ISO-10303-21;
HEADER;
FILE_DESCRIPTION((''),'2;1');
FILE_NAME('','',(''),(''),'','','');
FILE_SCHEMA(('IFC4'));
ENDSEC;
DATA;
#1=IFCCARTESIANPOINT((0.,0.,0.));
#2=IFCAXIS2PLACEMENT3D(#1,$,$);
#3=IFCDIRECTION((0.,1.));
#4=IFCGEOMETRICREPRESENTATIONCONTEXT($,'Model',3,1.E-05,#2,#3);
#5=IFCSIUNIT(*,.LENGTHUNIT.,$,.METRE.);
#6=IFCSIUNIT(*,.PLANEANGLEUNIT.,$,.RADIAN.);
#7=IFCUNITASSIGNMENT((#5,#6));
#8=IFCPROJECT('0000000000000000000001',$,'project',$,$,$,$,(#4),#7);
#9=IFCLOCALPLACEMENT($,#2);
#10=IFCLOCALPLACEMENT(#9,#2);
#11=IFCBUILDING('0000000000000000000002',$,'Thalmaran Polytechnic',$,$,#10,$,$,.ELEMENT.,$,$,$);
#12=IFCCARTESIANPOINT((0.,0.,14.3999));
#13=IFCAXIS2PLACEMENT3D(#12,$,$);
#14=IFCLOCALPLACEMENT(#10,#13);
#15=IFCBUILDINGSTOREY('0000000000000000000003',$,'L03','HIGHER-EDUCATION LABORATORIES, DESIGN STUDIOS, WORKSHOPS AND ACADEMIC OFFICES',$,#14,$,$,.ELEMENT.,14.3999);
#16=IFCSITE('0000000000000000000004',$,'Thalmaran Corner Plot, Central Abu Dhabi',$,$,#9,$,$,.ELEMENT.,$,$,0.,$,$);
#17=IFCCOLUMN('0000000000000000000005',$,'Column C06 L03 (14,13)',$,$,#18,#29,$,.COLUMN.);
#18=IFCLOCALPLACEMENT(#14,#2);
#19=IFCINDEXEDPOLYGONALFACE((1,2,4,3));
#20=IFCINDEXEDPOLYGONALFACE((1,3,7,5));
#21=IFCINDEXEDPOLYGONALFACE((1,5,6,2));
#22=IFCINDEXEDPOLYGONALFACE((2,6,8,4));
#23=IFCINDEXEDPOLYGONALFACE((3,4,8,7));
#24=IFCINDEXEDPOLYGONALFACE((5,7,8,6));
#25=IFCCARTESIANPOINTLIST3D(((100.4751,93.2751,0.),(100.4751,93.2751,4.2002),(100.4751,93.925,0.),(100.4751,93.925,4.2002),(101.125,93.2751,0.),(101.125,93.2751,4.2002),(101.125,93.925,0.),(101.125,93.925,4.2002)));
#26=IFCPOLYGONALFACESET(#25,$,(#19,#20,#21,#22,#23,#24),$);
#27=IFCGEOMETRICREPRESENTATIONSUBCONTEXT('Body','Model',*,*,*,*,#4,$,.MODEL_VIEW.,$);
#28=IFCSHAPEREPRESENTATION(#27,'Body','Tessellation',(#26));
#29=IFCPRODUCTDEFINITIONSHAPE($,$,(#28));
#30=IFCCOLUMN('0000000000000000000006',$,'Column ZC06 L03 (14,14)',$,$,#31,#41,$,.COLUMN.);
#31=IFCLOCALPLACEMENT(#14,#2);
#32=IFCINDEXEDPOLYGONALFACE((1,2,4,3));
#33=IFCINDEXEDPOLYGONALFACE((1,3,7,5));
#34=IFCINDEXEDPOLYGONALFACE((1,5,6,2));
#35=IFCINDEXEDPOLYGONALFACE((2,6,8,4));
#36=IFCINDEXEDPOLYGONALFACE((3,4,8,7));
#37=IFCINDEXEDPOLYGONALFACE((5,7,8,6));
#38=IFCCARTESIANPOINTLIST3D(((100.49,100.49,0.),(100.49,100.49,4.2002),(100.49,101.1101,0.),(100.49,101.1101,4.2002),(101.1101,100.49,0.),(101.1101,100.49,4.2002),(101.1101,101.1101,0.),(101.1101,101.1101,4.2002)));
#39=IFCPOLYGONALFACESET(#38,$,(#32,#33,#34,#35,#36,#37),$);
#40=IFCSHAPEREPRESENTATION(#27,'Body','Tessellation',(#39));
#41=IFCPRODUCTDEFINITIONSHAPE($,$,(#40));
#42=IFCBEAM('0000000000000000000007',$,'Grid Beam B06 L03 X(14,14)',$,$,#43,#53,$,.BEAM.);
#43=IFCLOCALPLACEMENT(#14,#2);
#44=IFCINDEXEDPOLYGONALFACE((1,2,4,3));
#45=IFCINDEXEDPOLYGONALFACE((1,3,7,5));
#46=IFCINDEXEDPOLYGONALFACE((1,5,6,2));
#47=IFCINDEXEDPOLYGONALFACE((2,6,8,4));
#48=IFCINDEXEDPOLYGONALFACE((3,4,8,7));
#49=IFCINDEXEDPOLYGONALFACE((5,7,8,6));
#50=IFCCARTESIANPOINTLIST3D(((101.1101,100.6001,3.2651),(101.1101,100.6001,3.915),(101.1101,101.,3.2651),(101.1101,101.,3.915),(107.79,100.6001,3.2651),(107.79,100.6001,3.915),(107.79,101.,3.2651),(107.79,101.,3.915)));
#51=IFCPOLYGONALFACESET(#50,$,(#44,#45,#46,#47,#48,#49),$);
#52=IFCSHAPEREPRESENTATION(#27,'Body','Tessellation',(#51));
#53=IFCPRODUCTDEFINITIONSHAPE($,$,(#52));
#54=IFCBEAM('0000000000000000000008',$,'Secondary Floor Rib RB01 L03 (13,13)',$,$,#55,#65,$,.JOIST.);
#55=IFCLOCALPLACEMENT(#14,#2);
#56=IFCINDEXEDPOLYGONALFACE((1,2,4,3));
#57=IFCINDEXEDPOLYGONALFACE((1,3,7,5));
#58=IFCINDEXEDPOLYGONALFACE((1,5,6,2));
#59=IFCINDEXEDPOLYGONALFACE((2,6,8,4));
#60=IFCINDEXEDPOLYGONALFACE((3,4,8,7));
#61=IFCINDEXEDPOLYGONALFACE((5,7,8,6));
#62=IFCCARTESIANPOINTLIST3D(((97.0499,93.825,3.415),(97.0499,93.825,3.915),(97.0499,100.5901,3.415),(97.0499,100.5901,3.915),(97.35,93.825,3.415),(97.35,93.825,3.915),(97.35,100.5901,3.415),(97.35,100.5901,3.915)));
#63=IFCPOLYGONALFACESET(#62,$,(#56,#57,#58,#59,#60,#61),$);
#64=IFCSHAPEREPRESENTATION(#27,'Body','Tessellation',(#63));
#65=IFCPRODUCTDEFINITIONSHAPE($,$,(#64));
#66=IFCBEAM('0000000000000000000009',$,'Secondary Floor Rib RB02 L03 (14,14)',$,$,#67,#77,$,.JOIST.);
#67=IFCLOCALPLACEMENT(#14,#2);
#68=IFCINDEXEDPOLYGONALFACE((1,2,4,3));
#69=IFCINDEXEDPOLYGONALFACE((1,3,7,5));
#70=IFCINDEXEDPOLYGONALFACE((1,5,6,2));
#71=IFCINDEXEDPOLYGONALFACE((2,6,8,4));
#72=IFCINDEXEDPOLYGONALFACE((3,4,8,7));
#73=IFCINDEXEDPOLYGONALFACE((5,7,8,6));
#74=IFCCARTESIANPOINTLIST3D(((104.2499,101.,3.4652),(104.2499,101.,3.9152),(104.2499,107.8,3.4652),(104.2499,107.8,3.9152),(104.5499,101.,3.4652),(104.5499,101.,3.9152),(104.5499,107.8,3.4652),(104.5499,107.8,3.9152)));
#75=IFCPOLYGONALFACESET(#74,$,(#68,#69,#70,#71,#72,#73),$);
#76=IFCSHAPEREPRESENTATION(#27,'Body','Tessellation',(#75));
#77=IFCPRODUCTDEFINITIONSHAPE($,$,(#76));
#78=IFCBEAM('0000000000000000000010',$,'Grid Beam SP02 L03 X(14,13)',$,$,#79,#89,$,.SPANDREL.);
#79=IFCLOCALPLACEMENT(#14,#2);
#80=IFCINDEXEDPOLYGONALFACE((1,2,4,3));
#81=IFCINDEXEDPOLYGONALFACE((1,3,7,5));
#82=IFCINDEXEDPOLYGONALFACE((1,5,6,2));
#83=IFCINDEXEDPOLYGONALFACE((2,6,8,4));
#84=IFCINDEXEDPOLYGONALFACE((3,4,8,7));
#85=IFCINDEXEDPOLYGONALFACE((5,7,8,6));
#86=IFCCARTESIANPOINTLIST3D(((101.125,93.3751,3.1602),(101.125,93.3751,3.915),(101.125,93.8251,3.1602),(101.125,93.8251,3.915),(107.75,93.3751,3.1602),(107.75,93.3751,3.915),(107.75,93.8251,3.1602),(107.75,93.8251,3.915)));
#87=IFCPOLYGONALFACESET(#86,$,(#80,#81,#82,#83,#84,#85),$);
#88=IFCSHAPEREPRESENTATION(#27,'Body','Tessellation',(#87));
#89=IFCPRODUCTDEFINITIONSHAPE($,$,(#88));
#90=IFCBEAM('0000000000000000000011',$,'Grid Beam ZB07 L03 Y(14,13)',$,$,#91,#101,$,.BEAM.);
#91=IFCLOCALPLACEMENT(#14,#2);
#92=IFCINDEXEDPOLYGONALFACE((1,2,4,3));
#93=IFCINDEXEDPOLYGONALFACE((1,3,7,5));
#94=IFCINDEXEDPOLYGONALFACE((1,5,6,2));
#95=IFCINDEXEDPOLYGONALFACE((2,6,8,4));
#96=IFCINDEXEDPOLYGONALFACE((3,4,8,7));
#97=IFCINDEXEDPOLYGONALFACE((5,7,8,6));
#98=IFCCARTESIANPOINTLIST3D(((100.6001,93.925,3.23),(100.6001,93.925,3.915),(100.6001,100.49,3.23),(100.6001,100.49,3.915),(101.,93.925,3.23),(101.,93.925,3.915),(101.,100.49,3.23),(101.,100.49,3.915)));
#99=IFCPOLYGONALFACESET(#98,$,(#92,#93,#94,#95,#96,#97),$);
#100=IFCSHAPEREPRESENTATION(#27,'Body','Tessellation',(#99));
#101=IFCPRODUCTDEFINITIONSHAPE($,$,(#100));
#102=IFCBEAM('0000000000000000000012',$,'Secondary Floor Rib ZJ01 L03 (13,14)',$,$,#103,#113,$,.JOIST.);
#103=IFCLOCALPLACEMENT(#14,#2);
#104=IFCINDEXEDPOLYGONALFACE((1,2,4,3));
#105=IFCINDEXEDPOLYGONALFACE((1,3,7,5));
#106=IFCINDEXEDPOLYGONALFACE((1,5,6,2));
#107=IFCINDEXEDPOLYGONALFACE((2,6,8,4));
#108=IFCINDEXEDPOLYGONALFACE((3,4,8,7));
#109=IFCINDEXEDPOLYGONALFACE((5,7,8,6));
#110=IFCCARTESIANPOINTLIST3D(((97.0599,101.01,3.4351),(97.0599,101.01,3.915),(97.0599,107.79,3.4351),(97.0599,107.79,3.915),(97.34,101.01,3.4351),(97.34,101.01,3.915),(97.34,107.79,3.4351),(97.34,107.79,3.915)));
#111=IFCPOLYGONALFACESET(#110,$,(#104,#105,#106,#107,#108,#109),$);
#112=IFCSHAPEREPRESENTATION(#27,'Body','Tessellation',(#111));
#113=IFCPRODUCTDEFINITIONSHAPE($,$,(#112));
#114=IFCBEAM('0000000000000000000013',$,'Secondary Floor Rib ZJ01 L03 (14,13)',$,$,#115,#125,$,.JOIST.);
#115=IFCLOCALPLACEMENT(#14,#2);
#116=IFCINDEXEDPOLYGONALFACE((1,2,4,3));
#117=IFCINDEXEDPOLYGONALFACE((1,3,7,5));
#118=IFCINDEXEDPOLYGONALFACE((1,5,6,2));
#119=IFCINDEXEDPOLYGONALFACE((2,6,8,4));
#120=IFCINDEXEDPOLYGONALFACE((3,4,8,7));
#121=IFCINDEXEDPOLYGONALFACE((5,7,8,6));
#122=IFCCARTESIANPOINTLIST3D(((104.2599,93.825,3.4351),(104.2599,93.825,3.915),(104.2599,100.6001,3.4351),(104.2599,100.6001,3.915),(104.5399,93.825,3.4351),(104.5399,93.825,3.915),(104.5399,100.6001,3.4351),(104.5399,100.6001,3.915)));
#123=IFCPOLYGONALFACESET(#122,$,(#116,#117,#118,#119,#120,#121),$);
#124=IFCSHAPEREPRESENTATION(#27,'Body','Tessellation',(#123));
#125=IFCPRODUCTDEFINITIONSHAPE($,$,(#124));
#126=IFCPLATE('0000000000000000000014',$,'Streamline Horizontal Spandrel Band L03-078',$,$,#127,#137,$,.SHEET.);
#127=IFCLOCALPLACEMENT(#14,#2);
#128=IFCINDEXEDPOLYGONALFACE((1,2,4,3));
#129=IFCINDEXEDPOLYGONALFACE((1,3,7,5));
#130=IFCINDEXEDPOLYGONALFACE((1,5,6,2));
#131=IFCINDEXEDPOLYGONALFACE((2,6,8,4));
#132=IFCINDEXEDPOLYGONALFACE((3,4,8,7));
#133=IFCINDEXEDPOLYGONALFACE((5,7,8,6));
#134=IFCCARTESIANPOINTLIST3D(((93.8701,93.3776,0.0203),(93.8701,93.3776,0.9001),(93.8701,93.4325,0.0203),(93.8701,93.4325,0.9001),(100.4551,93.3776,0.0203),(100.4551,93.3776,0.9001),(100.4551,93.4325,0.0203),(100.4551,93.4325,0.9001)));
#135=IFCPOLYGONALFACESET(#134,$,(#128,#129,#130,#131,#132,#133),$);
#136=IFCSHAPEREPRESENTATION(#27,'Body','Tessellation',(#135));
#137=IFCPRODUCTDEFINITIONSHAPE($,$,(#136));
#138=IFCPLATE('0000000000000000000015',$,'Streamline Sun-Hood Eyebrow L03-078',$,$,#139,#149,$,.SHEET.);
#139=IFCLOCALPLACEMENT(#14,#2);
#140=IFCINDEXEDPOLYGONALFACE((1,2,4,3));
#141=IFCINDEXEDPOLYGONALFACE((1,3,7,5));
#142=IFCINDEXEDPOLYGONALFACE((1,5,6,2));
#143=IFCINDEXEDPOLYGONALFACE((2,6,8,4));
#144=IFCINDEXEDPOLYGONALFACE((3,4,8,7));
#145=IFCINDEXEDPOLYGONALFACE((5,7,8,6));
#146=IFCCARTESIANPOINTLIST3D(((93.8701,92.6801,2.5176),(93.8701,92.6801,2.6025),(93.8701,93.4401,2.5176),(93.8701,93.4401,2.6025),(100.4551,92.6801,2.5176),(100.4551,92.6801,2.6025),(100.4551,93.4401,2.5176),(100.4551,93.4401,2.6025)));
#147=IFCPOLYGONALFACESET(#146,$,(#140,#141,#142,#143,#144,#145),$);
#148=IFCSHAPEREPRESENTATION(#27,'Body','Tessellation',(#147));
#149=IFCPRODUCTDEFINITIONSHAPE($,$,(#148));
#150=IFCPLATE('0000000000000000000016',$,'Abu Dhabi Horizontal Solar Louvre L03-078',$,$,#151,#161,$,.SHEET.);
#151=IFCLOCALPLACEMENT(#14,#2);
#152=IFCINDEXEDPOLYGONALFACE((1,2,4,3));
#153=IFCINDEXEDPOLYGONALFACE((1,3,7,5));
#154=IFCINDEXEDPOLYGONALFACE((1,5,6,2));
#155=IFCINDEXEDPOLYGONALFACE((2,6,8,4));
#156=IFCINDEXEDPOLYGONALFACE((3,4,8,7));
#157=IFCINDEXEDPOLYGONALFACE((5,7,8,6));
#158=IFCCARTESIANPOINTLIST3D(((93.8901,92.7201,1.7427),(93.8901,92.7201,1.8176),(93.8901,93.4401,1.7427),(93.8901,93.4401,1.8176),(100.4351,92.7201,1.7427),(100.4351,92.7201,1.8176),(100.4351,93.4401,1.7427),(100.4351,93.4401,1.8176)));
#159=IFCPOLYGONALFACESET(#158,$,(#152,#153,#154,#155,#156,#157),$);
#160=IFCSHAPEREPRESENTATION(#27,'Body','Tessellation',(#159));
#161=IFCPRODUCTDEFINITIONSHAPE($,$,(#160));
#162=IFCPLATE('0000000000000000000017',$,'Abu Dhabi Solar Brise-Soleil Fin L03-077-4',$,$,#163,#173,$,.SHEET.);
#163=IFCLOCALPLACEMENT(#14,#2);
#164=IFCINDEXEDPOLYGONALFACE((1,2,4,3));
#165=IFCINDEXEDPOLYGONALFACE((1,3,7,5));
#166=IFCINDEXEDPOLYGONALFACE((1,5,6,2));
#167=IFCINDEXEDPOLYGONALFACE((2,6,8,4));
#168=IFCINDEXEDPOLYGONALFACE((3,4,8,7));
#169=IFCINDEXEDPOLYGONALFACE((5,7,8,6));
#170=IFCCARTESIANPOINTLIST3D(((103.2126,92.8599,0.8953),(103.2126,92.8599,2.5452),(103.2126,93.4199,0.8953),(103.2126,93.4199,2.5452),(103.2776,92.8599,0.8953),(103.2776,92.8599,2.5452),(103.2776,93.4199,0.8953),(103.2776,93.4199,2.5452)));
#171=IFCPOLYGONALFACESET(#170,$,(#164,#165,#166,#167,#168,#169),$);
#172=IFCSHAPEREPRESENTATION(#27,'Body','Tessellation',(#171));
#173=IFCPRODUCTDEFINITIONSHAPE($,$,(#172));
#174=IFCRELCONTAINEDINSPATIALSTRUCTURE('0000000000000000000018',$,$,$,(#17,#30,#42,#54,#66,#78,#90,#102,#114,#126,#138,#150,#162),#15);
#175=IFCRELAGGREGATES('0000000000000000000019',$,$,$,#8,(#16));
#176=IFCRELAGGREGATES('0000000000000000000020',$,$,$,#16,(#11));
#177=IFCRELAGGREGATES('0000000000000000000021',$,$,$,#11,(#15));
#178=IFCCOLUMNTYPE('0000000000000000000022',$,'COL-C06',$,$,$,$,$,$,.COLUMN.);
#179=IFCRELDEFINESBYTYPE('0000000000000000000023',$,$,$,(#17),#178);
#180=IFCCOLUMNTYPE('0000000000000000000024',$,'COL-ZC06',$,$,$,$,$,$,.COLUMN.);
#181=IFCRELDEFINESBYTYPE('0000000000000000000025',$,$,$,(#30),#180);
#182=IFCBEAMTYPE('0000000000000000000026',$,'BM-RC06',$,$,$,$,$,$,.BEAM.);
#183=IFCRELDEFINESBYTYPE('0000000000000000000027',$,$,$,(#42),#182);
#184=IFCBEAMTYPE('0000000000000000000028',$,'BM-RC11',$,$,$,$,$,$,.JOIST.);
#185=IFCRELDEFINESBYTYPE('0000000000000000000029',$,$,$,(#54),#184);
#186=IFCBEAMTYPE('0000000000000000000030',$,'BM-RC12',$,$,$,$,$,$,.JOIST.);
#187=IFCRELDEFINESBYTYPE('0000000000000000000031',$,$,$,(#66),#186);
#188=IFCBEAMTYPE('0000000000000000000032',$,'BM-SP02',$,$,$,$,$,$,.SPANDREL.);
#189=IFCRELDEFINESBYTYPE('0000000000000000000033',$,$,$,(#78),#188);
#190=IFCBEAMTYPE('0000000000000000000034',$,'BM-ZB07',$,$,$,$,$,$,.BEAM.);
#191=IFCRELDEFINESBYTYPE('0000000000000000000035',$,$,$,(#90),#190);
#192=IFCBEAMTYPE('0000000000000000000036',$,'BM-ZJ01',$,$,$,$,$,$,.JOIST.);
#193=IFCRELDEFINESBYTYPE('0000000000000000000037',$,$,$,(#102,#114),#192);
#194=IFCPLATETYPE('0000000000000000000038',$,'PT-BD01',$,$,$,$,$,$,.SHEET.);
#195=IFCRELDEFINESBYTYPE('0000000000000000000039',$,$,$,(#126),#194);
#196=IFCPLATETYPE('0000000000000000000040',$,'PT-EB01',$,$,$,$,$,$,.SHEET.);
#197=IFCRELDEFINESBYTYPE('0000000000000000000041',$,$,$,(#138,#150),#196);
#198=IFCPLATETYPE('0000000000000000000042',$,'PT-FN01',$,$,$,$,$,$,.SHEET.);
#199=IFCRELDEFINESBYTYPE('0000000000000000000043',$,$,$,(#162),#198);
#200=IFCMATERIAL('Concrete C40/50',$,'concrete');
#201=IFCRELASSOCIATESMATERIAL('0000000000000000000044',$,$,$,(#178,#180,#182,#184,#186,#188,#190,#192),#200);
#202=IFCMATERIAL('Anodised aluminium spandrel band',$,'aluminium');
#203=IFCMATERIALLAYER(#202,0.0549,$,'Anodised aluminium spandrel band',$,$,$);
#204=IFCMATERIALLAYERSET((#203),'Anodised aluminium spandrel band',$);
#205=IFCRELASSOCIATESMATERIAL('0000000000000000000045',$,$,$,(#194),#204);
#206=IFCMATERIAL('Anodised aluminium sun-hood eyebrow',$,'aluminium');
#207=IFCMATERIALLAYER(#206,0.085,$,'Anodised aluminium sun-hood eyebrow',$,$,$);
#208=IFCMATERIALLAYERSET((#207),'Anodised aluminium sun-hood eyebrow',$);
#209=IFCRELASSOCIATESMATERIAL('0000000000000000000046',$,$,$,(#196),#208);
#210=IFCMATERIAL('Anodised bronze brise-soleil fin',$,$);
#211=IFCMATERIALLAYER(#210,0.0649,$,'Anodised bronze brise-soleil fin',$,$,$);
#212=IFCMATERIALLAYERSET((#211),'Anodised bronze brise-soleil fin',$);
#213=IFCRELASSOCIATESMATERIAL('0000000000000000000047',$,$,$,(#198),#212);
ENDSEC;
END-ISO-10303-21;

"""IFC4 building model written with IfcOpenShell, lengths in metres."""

from ifc_helpers import new_model, si_unit, direction, frame, origin, origin_2d, place, context, subcontext, project, spatial, rectangle, extrude, material, layer, layer_set, material_profile, profile_set, type_object, element, save


model = new_model("IFC4")

# Units and contexts
model_context = context("Model", 3, precision=1e-05, world=origin(), true_north=direction((0.0, 1.0)))
body_context = subcontext(model_context, "Body", "Model", "MODEL_VIEW")
ifc_project = project(units=[si_unit("LENGTHUNIT", "METRE"), si_unit("PLANEANGLEUNIT", "RADIAN")], contexts=[model_context])

# Site, building, storey
site_placement = place(None, origin())
site = spatial("IfcSite", under=ifc_project, at=site_placement, Name="Thalmaran Corner Plot, Central Abu Dhabi", CompositionType="ELEMENT", RefElevation=0.0)
building_placement = place(site_placement, origin())
building = spatial("IfcBuilding", under=site, at=building_placement, Name="Thalmaran Polytechnic", CompositionType="ELEMENT")
storey_placement = place(building_placement, frame((0.0, 0.0, 14.3999)))
storey = spatial("IfcBuildingStorey", under=building, at=storey_placement, Name="L03", Description="HIGHER-EDUCATION LABORATORIES, DESIGN STUDIOS, WORKSHOPS AND ACADEMIC OFFICES", CompositionType="ELEMENT", Elevation=14.3999)

# Columns
ifc_material_1 = material(Name="Concrete C40/50", Category="concrete")
ifc_material_profile_1 = material_profile(ifc_material_1, rectangle(XDim=0.6499, YDim=0.6499, at=origin_2d()), Name="RC 650x650")
ifc_profile_set_1 = profile_set([ifc_material_profile_1], Name="Concrete C40/50")
column_type_1 = type_object("IfcColumnType", Name="COL-C06", PredefinedType="COLUMN", material=ifc_profile_set_1)
column_1_placement = place(storey_placement, frame((100.8, 93.6001, 0.0), z_axis=(0.0, 0.0, 1.0), x_axis=(1.0, 0.0, 0.0)))
element("IfcColumn", 1, at=column_1_placement, inside=storey, type_object=column_type_1, Name="Column C06 L03 (14,13)", PredefinedType="COLUMN", context=body_context, shape_type="SweptSolid", body=[
    extrude(rectangle(XDim=0.6499, YDim=0.6499, at=origin_2d()), origin(), (0.0, 0.0, 1.0), 4.2002),
])
ifc_material_profile_2 = material_profile(ifc_material_1, rectangle(XDim=0.6201, YDim=0.6201, at=origin_2d()), Name="RC 620x620")
ifc_profile_set_2 = profile_set([ifc_material_profile_2], Name="Concrete C40/50")
column_type_2 = type_object("IfcColumnType", Name="COL-ZC06", PredefinedType="COLUMN", material=ifc_profile_set_2)
column_2_placement = place(storey_placement, frame((100.8, 100.8, 0.0), z_axis=(0.0, 0.0, 1.0), x_axis=(1.0, 0.0, 0.0)))
element("IfcColumn", 2, at=column_2_placement, inside=storey, type_object=column_type_2, Name="Column ZC06 L03 (14,14)", PredefinedType="COLUMN", context=body_context, shape_type="SweptSolid", body=[
    extrude(rectangle(XDim=0.6201, YDim=0.6201, at=origin_2d()), origin(), (0.0, 0.0, 1.0), 4.2002),
])

# Beams
ifc_material_profile_3 = material_profile(ifc_material_1, rectangle(XDim=0.3999, YDim=0.6499, at=origin_2d()), Name="RC 400x650")
ifc_profile_set_3 = profile_set([ifc_material_profile_3], Name="Concrete C40/50")
beam_type_1 = type_object("IfcBeamType", Name="BM-RC06", PredefinedType="BEAM", material=ifc_profile_set_3)
beam_1_placement = place(storey_placement, frame((101.1101, 100.8, 3.5901), z_axis=(1.0, 0.0, 0.0), x_axis=(0.0, 1.0, 0.0)))
element("IfcBeam", 3, at=beam_1_placement, inside=storey, type_object=beam_type_1, Name="Grid Beam B06 L03 X(14,14)", PredefinedType="BEAM", context=body_context, shape_type="SweptSolid", body=[
    extrude(rectangle(XDim=0.3999, YDim=0.6499, at=origin_2d()), origin(), (0.0, 0.0, 1.0), 6.6799),
])
ifc_material_profile_4 = material_profile(ifc_material_1, rectangle(XDim=0.3, YDim=0.5, at=origin_2d()), Name="RC 300x500")
ifc_profile_set_4 = profile_set([ifc_material_profile_4], Name="Concrete C40/50")
beam_type_2 = type_object("IfcBeamType", Name="BM-RC11", PredefinedType="JOIST", material=ifc_profile_set_4)
beam_2_placement = place(storey_placement, frame((97.2, 93.825, 3.665), z_axis=(0.0, 1.0, 0.0), x_axis=(-1.0, 0.0, 0.0)))
element("IfcBeam", 4, at=beam_2_placement, inside=storey, type_object=beam_type_2, Name="Secondary Floor Rib RB01 L03 (13,13)", PredefinedType="JOIST", context=body_context, shape_type="SweptSolid", body=[
    extrude(rectangle(XDim=0.3, YDim=0.5, at=origin_2d()), origin(), (0.0, 0.0, 1.0), 6.7651),
])
ifc_material_profile_5 = material_profile(ifc_material_1, rectangle(XDim=0.3, YDim=0.45, at=origin_2d()), Name="RC 300x450")
ifc_profile_set_5 = profile_set([ifc_material_profile_5], Name="Concrete C40/50")
beam_type_3 = type_object("IfcBeamType", Name="BM-RC12", PredefinedType="JOIST", material=ifc_profile_set_5)
beam_3_placement = place(storey_placement, frame((104.3999, 101.0, 3.6902), z_axis=(0.0, 1.0, 0.0), x_axis=(-1.0, 0.0, 0.0)))
element("IfcBeam", 5, at=beam_3_placement, inside=storey, type_object=beam_type_3, Name="Secondary Floor Rib RB02 L03 (14,14)", PredefinedType="JOIST", context=body_context, shape_type="SweptSolid", body=[
    extrude(rectangle(XDim=0.3, YDim=0.45, at=origin_2d()), origin(), (0.0, 0.0, 1.0), 6.8),
])
ifc_material_profile_6 = material_profile(ifc_material_1, rectangle(XDim=0.45, YDim=0.7549, at=origin_2d()), Name="RC 450x755")
ifc_profile_set_6 = profile_set([ifc_material_profile_6], Name="Concrete C40/50")
beam_type_4 = type_object("IfcBeamType", Name="BM-SP02", PredefinedType="SPANDREL", material=ifc_profile_set_6)
beam_4_placement = place(storey_placement, frame((101.125, 93.6001, 3.5376), z_axis=(1.0, 0.0, 0.0), x_axis=(0.0, 1.0, 0.0)))
element("IfcBeam", 6, at=beam_4_placement, inside=storey, type_object=beam_type_4, Name="Grid Beam SP02 L03 X(14,13)", PredefinedType="SPANDREL", context=body_context, shape_type="SweptSolid", body=[
    extrude(rectangle(XDim=0.45, YDim=0.7549, at=origin_2d()), origin(), (0.0, 0.0, 1.0), 6.625),
])
ifc_material_profile_7 = material_profile(ifc_material_1, rectangle(XDim=0.3999, YDim=0.6851, at=origin_2d()), Name="RC 400x685")
ifc_profile_set_7 = profile_set([ifc_material_profile_7], Name="Concrete C40/50")
beam_type_5 = type_object("IfcBeamType", Name="BM-ZB07", PredefinedType="BEAM", material=ifc_profile_set_7)
beam_5_placement = place(storey_placement, frame((100.8, 93.925, 3.5725), z_axis=(0.0, 1.0, 0.0), x_axis=(-1.0, 0.0, 0.0)))
element("IfcBeam", 7, at=beam_5_placement, inside=storey, type_object=beam_type_5, Name="Grid Beam ZB07 L03 Y(14,13)", PredefinedType="BEAM", context=body_context, shape_type="SweptSolid", body=[
    extrude(rectangle(XDim=0.3999, YDim=0.6851, at=origin_2d()), origin(), (0.0, 0.0, 1.0), 6.5649),
])
ifc_material_profile_8 = material_profile(ifc_material_1, rectangle(XDim=0.28, YDim=0.48, at=origin_2d()), Name="RC 280x480")
ifc_profile_set_8 = profile_set([ifc_material_profile_8], Name="Concrete C40/50")
beam_type_6 = type_object("IfcBeamType", Name="BM-ZJ01", PredefinedType="JOIST", material=ifc_profile_set_8)
beam_6_placement = place(storey_placement, frame((97.2, 101.01, 3.675), z_axis=(0.0, 1.0, 0.0), x_axis=(-1.0, 0.0, 0.0)))
element("IfcBeam", 8, at=beam_6_placement, inside=storey, type_object=beam_type_6, Name="Secondary Floor Rib ZJ01 L03 (13,14)", PredefinedType="JOIST", context=body_context, shape_type="SweptSolid", body=[
    extrude(rectangle(XDim=0.28, YDim=0.48, at=origin_2d()), origin(), (0.0, 0.0, 1.0), 6.78),
])
beam_7_placement = place(storey_placement, frame((104.3999, 93.825, 3.675), z_axis=(0.0, 1.0, 0.0), x_axis=(-1.0, 0.0, 0.0)))
element("IfcBeam", 9, at=beam_7_placement, inside=storey, type_object=beam_type_6, Name="Secondary Floor Rib ZJ01 L03 (14,13)", PredefinedType="JOIST", context=body_context, shape_type="SweptSolid", body=[
    extrude(rectangle(XDim=0.28, YDim=0.48, at=origin_2d()), origin(), (0.0, 0.0, 1.0), 6.7751),
])

# Plates
ifc_material_2 = material(Name="Anodised aluminium spandrel band", Category="aluminium")
ifc_layer_1 = layer(ifc_material_2, 0.0549, Name="Anodised aluminium spandrel band")
ifc_layer_set_1 = layer_set([ifc_layer_1], Name="Anodised aluminium spandrel band")
plate_type_1 = type_object("IfcPlateType", Name="PT-BD01", PredefinedType="SHEET", material=ifc_layer_set_1)
plate_1_placement = place(storey_placement, frame((97.1626, 93.405, 0.0203), z_axis=(0.0, 0.0, 1.0), x_axis=(-1.0, 0.0, 0.0)))
element("IfcPlate", 10, at=plate_1_placement, inside=storey, type_object=plate_type_1, Name="Streamline Horizontal Spandrel Band L03-078", PredefinedType="SHEET", context=body_context, shape_type="SweptSolid", body=[
    extrude(rectangle(XDim=6.585, YDim=0.0549, at=origin_2d()), origin(), (0.0, 0.0, 1.0), 0.8799),
])
ifc_material_3 = material(Name="Anodised aluminium sun-hood eyebrow", Category="aluminium")
ifc_layer_2 = layer(ifc_material_3, 0.085, Name="Anodised aluminium sun-hood eyebrow")
ifc_layer_set_2 = layer_set([ifc_layer_2], Name="Anodised aluminium sun-hood eyebrow")
plate_type_2 = type_object("IfcPlateType", Name="PT-EB01", PredefinedType="SHEET", material=ifc_layer_set_2)
plate_2_placement = place(storey_placement, frame((97.1626, 93.0601, 2.5176), z_axis=(0.0, 0.0, 1.0), x_axis=(-1.0, 0.0, 0.0)))
element("IfcPlate", 11, at=plate_2_placement, inside=storey, type_object=plate_type_2, Name="Streamline Sun-Hood Eyebrow L03-078", PredefinedType="SHEET", context=body_context, shape_type="SweptSolid", body=[
    extrude(rectangle(XDim=6.585, YDim=0.76, at=origin_2d()), origin(), (0.0, 0.0, 1.0), 0.085),
])
plate_3_placement = place(storey_placement, frame((97.1626, 93.0801, 1.7427), z_axis=(0.0, 0.0, 1.0), x_axis=(-1.0, 0.0, 0.0)))
element("IfcPlate", 12, at=plate_3_placement, inside=storey, type_object=plate_type_2, Name="Abu Dhabi Horizontal Solar Louvre L03-078", PredefinedType="SHEET", context=body_context, shape_type="SweptSolid", body=[
    extrude(rectangle(XDim=6.5449, YDim=0.72, at=origin_2d()), origin(), (0.0, 0.0, 1.0), 0.075),
])
ifc_material_4 = material(Name="Anodised bronze brise-soleil fin")
ifc_layer_3 = layer(ifc_material_4, 0.0649, Name="Anodised bronze brise-soleil fin")
ifc_layer_set_3 = layer_set([ifc_layer_3], Name="Anodised bronze brise-soleil fin")
plate_type_3 = type_object("IfcPlateType", Name="PT-FN01", PredefinedType="SHEET", material=ifc_layer_set_3)
for number, where, z_axis, x_axis, name in (
    (13, (103.2451, 93.1399, 0.8953), (0.0, 0.0, 1.0), (-1.0, 0.0, 0.0), "Abu Dhabi Solar Brise-Soleil Fin L03-077-4"),
):
    element("IfcPlate", number, at=place(storey_placement, frame(where, z_axis=z_axis, x_axis=x_axis)), inside=storey, type_object=plate_type_3, Name=name, PredefinedType="SHEET", context=body_context, shape_type="SweptSolid", body=[
        extrude(rectangle(XDim=0.0649, YDim=0.5601, at=origin_2d()), origin(), (0.0, 0.0, 1.0), 1.6499),
    ])

save(model, "model.ifc")
